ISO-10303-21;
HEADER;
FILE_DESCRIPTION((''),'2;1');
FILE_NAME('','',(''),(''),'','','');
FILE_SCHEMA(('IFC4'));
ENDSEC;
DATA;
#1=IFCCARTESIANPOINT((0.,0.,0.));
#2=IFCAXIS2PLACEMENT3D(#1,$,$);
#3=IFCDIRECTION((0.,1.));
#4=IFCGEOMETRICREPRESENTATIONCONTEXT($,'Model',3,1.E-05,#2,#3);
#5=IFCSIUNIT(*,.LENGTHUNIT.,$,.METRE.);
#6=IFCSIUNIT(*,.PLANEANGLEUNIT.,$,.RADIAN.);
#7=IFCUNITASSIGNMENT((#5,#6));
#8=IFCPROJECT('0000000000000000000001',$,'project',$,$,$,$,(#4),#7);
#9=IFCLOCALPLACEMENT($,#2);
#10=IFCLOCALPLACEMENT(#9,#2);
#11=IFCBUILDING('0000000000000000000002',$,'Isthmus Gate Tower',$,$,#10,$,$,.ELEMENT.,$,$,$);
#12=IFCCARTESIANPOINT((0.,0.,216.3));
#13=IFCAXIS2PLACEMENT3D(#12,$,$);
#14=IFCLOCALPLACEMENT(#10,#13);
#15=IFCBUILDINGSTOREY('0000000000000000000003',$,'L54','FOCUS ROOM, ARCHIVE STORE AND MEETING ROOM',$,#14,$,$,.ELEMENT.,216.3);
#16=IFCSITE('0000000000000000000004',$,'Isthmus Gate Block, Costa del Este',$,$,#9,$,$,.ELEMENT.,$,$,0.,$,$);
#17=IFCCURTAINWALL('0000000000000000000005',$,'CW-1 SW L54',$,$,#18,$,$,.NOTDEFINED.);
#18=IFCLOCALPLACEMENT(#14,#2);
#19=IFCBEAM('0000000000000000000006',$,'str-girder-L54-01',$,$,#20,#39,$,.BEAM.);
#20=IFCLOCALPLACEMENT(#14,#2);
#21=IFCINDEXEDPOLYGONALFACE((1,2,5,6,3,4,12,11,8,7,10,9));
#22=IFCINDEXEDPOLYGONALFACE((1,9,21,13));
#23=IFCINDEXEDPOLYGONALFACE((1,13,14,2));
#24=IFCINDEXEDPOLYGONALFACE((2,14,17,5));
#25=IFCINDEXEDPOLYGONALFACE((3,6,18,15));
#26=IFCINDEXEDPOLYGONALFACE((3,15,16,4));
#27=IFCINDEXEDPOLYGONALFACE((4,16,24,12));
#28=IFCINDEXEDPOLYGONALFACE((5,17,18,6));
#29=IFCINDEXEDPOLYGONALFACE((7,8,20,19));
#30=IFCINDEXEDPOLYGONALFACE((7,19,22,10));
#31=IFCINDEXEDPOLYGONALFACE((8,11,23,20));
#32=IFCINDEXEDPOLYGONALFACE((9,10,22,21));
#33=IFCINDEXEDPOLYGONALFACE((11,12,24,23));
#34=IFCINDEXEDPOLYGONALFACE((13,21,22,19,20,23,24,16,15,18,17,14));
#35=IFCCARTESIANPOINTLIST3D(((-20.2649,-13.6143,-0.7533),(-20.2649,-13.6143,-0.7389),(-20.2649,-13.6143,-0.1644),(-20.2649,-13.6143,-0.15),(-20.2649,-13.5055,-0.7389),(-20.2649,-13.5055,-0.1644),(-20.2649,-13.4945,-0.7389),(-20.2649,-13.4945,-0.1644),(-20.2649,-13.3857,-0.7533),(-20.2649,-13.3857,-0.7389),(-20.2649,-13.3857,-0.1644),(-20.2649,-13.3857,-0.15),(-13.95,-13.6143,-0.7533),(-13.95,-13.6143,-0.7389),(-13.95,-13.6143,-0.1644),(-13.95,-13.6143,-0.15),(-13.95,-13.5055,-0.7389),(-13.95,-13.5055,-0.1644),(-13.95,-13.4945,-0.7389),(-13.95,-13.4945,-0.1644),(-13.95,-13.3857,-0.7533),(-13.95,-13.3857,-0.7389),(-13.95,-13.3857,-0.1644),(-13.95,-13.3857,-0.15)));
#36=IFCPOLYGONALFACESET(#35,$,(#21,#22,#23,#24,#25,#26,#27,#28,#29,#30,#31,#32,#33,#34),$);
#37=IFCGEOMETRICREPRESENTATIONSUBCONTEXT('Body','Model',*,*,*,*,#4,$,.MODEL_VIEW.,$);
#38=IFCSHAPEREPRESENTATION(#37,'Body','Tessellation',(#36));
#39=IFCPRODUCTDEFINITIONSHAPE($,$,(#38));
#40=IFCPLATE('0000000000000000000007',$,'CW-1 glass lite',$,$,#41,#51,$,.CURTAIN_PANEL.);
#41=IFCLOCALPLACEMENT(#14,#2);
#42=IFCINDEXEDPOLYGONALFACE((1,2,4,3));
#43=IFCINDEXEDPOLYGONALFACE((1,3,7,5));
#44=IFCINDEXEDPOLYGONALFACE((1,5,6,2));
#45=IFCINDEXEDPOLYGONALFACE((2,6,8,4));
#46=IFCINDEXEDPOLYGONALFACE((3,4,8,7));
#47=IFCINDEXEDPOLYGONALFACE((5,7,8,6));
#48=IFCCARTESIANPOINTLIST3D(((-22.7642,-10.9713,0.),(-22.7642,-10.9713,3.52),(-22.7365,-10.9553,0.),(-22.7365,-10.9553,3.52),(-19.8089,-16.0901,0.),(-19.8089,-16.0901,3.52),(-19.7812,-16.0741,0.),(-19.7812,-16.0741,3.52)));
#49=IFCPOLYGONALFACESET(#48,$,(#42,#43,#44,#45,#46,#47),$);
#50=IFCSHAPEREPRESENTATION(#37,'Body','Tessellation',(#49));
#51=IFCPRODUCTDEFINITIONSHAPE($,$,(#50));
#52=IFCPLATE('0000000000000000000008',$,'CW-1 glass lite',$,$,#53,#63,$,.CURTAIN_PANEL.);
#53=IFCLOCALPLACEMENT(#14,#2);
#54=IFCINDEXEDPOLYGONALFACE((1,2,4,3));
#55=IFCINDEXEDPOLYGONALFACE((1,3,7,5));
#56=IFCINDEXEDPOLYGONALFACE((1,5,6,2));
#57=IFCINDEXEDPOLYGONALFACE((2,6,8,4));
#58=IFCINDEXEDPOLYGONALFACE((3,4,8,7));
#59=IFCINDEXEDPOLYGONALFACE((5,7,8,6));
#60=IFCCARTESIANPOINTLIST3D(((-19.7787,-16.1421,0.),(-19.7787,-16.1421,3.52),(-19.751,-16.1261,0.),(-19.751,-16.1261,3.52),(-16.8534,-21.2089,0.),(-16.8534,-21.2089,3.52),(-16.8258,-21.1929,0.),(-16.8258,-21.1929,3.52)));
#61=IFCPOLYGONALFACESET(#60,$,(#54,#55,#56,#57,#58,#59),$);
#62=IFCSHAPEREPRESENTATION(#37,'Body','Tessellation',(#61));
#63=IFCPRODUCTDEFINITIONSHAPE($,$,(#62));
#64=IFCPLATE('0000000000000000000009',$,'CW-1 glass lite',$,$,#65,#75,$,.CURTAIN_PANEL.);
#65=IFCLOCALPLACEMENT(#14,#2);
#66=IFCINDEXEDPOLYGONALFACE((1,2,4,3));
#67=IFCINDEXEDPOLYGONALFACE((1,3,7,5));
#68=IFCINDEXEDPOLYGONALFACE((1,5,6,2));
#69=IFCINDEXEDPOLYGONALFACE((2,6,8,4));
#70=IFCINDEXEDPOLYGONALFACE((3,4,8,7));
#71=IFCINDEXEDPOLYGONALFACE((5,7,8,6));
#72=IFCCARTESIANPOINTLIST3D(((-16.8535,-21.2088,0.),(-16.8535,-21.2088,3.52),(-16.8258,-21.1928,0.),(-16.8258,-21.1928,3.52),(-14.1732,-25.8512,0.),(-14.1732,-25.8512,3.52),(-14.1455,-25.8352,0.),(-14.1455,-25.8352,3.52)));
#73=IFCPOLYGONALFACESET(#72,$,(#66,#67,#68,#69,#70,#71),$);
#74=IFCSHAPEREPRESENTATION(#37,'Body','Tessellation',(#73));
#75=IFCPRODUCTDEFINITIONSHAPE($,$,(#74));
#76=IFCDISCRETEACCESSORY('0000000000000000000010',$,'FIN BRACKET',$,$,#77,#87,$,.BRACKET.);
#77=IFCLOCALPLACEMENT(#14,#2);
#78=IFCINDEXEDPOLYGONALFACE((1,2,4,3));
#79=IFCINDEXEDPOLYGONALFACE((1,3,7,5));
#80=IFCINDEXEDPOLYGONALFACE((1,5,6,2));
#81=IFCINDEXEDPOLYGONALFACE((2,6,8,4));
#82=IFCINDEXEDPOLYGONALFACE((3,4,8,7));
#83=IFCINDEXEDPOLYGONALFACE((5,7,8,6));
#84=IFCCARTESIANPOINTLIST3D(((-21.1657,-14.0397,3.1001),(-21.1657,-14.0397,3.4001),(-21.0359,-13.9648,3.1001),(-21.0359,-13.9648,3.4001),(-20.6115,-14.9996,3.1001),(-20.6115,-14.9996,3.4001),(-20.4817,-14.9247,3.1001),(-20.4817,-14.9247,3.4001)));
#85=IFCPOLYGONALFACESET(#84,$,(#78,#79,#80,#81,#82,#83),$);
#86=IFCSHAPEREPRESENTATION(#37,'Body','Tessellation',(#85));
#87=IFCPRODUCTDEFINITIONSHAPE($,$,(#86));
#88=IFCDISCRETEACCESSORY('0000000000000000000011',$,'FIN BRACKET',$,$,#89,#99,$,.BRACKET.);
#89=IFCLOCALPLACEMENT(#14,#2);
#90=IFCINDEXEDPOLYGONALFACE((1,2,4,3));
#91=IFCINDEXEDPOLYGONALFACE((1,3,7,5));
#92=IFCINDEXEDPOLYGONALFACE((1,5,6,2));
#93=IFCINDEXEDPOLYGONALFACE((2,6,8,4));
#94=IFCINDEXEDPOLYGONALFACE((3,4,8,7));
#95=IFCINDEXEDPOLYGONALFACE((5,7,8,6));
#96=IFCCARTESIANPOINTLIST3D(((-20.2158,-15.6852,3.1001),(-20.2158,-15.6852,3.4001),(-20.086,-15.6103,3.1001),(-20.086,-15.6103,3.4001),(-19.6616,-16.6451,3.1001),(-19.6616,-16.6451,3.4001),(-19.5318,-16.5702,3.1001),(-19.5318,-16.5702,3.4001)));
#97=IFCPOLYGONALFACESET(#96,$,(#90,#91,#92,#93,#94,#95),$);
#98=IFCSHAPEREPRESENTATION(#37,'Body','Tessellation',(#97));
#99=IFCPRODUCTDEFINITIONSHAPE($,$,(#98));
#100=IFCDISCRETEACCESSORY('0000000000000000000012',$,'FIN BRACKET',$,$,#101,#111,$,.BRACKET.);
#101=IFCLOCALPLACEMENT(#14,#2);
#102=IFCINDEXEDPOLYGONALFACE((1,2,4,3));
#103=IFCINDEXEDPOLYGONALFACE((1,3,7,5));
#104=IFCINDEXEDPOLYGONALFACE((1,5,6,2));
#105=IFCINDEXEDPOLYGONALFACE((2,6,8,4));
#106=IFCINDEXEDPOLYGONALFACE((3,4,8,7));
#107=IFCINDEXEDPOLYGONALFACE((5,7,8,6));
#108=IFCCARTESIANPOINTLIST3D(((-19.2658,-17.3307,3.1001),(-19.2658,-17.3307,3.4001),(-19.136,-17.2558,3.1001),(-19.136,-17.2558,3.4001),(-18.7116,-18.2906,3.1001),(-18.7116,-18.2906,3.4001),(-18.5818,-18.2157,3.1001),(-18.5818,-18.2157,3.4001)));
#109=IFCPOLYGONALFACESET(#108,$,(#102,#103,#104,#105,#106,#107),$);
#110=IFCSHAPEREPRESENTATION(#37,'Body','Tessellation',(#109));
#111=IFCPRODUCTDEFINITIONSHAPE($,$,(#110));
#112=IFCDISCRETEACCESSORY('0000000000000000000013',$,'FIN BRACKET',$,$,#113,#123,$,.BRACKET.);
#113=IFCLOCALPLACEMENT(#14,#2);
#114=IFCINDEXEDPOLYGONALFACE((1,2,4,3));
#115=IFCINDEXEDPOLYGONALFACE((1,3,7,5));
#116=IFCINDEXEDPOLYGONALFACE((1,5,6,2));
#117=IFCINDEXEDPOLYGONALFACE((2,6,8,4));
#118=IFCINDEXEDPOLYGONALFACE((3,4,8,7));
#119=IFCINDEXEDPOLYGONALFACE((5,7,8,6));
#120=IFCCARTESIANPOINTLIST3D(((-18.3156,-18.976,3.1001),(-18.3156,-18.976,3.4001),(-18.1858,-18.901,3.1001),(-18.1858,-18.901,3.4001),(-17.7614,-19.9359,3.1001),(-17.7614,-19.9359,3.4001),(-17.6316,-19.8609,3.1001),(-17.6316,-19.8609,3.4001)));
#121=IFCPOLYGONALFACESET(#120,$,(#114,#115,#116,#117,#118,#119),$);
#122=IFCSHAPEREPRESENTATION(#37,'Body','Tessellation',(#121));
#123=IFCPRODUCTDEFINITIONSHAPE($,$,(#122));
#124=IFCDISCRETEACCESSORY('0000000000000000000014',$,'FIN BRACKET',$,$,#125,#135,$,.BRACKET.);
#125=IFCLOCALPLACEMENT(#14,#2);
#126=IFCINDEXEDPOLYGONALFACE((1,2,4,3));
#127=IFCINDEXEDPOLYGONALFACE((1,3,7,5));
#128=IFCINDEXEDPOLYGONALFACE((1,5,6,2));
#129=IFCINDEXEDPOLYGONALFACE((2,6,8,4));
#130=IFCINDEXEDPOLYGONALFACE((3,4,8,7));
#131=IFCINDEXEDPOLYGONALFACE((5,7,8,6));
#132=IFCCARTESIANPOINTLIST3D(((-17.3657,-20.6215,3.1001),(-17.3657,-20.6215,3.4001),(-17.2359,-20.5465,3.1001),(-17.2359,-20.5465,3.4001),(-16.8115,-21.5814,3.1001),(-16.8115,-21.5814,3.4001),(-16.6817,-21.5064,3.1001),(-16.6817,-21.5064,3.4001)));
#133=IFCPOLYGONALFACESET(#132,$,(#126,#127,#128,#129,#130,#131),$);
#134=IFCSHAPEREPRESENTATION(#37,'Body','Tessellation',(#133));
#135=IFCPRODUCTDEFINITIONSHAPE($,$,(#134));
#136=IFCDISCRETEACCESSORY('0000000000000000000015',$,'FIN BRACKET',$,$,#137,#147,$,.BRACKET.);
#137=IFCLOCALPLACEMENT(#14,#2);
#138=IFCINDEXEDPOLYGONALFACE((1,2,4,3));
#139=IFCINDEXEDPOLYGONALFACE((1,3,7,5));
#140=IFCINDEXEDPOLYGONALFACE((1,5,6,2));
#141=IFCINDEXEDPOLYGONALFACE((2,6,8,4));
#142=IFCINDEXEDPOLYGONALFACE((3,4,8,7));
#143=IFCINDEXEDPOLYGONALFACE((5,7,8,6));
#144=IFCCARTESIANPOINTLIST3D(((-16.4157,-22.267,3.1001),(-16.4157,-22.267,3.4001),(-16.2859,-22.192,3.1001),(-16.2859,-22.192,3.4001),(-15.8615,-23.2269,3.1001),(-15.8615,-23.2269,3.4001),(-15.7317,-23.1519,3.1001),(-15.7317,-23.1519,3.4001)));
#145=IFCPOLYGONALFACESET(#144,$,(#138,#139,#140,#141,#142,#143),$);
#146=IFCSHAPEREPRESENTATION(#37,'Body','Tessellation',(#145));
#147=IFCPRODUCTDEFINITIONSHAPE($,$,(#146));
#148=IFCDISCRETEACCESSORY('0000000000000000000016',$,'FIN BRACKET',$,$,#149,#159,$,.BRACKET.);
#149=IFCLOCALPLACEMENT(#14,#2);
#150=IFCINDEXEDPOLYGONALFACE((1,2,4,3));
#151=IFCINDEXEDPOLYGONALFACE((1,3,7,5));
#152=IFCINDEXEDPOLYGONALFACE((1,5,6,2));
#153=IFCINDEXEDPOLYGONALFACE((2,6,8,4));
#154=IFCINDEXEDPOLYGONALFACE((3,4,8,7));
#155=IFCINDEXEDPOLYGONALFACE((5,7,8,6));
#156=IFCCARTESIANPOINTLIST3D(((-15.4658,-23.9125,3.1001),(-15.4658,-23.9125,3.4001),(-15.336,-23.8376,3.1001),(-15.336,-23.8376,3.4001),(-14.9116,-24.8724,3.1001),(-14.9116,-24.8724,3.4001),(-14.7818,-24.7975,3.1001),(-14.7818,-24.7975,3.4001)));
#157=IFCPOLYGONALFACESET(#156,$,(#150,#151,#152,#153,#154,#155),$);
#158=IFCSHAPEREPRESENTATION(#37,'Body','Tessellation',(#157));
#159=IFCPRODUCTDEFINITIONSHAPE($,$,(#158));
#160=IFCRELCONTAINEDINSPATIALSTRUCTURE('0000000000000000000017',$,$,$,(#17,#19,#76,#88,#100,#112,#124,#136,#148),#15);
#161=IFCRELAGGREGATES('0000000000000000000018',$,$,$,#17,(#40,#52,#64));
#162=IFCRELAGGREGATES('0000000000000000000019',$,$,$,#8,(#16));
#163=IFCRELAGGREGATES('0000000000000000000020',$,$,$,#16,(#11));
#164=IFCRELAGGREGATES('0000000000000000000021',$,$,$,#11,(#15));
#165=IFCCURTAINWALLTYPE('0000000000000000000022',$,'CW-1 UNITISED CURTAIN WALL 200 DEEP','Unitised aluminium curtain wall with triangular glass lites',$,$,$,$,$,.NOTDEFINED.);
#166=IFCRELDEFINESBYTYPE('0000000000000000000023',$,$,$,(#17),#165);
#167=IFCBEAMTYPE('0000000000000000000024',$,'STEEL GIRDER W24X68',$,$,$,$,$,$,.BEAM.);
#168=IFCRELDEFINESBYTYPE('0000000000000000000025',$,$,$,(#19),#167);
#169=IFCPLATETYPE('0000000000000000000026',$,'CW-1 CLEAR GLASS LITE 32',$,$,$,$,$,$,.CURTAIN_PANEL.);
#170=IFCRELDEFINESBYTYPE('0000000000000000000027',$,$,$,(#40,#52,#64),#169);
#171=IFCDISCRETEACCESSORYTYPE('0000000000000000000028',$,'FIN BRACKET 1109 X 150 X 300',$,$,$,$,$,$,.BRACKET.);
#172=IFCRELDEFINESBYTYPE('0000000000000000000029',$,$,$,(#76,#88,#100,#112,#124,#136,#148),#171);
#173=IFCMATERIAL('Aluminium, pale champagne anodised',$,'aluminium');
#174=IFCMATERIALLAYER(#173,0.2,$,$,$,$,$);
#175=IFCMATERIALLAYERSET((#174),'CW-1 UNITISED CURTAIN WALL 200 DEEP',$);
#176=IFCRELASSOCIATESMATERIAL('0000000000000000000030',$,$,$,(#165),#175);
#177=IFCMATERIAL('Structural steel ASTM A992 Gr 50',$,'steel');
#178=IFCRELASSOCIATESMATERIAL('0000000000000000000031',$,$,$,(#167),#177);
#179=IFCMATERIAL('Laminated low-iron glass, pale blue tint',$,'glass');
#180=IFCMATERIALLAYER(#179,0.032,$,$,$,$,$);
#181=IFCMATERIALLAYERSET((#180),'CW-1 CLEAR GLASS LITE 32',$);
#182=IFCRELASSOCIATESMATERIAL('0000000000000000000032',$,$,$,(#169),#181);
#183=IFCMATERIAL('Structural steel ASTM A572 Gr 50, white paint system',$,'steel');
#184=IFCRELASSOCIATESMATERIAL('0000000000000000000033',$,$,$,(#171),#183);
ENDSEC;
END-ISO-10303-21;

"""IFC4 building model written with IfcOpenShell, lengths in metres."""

from ifc_helpers import new_model, si_unit, direction, frame, origin, origin_2d, place, context, subcontext, project, spatial, rectangle, i_section, extrude, material, layer, layer_set, material_profile, profile_set, type_object, element, aggregate, save


model = new_model("IFC4")

# Units and contexts
model_context = context("Model", 3, precision=1e-05, world=origin(), true_north=direction((0.0, 1.0)))
body_context = subcontext(model_context, "Body", "Model", "MODEL_VIEW")
ifc_project = project(units=[si_unit("LENGTHUNIT", "METRE"), si_unit("PLANEANGLEUNIT", "RADIAN")], contexts=[model_context])

# Site, building, storey
site_placement = place(None, origin())
site = spatial("IfcSite", under=ifc_project, at=site_placement, Name="Isthmus Gate Block, Costa del Este", CompositionType="ELEMENT", RefElevation=0.0)
building_placement = place(site_placement, origin())
building = spatial("IfcBuilding", under=site, at=building_placement, Name="Isthmus Gate Tower", CompositionType="ELEMENT")
storey_placement = place(building_placement, frame((0.0, 0.0, 216.3)))
storey = spatial("IfcBuildingStorey", under=building, at=storey_placement, Name="L54", Description="FOCUS ROOM, ARCHIVE STORE AND MEETING ROOM", CompositionType="ELEMENT", Elevation=216.3)

# Curtain wall
ifc_material_1 = material(Name="Aluminium, pale champagne anodised", Category="aluminium")
ifc_layer_1 = layer(ifc_material_1, 0.2)
ifc_layer_set_1 = layer_set([ifc_layer_1], Name="CW-1 UNITISED CURTAIN WALL 200 DEEP")
curtain_wall_type = type_object("IfcCurtainWallType", Name="CW-1 UNITISED CURTAIN WALL 200 DEEP", Description="Unitised aluminium curtain wall with triangular glass lites", PredefinedType="NOTDEFINED", material=ifc_layer_set_1)
curtain_wall_1_placement = place(storey_placement, origin())
curtain_wall_1 = element("IfcCurtainWall", 1, at=curtain_wall_1_placement, inside=storey, type_object=curtain_wall_type, Name="CW-1 SW L54", PredefinedType="NOTDEFINED")

# Beam
ifc_material_2 = material(Name="Structural steel ASTM A992 Gr 50", Category="steel")
ifc_material_profile_1 = material_profile(ifc_material_2, i_section(OverallWidth=0.2285, OverallDepth=0.6033, WebThickness=0.011, FlangeThickness=0.0144, at=origin_2d()), Name="W24X68")
ifc_profile_set_1 = profile_set([ifc_material_profile_1], Name="Structural steel ASTM A992 Gr 50")
beam_type_1 = type_object("IfcBeamType", Name="STEEL GIRDER W24X68", PredefinedType="BEAM", material=ifc_profile_set_1)
beam_1_placement = place(storey_placement, frame((-20.2649, -13.5, -0.4517), z_axis=(1.0, 0.0, 0.0), x_axis=(0.0, 1.0, 0.0)))
element("IfcBeam", 2, at=beam_1_placement, inside=storey, type_object=beam_type_1, Name="str-girder-L54-01", PredefinedType="BEAM", context=body_context, shape_type="SweptSolid", body=[
    extrude(i_section(OverallWidth=0.2285, OverallDepth=0.6033, WebThickness=0.011, FlangeThickness=0.0144, at=origin_2d()), origin(), (0.0, 0.0, 1.0), 6.3149),
])

# Plates
ifc_material_3 = material(Name="Laminated low-iron glass, pale blue tint", Category="glass")
ifc_layer_2 = layer(ifc_material_3, 0.032)
ifc_layer_set_2 = layer_set([ifc_layer_2], Name="CW-1 CLEAR GLASS LITE 32")
plate_type = type_object("IfcPlateType", Name="CW-1 CLEAR GLASS LITE 32", PredefinedType="CURTAIN_PANEL", material=ifc_layer_set_2)
plate_1_placement = place(storey_placement, frame((-21.2727, -13.5227, 0.0), z_axis=(0.0, 0.0, 1.0), x_axis=(0.5, -0.866025, 0.0)))
plate_1 = element("IfcPlate", 3, at=plate_1_placement, type_object=plate_type, Name="CW-1 glass lite", PredefinedType="CURTAIN_PANEL", context=body_context, shape_type="SweptSolid", body=[
    extrude(rectangle(XDim=5.9106, YDim=0.032, at=origin_2d()), origin(), (0.0, 0.0, 1.0), 3.52),
])
plate_2_placement = place(storey_placement, frame((-18.3022, -18.6675, 0.0), z_axis=(0.0, 0.0, 1.0), x_axis=(0.5, -0.866025, 0.0)))
plate_2 = element("IfcPlate", 4, at=plate_2_placement, type_object=plate_type, Name="CW-1 glass lite", PredefinedType="CURTAIN_PANEL", context=body_context, shape_type="SweptSolid", body=[
    extrude(rectangle(XDim=5.8506, YDim=0.032, at=origin_2d()), origin(), (0.0, 0.0, 1.0), 3.52),
])
plate_3_placement = place(storey_placement, frame((-15.4995, -23.522, 0.0), z_axis=(0.0, 0.0, 1.0), x_axis=(0.5, -0.866025, 0.0)))
plate_3 = element("IfcPlate", 5, at=plate_3_placement, type_object=plate_type, Name="CW-1 glass lite", PredefinedType="CURTAIN_PANEL", context=body_context, shape_type="SweptSolid", body=[
    extrude(rectangle(XDim=5.3606, YDim=0.032, at=origin_2d()), origin(), (0.0, 0.0, 1.0), 3.52),
])
aggregate(curtain_wall_1, [plate_1, plate_2, plate_3])

# Discrete accessories
ifc_material_4 = material(Name="Structural steel ASTM A572 Gr 50, white paint system", Category="steel")
discrete_accessory_type = type_object("IfcDiscreteAccessoryType", Name="FIN BRACKET 1109 X 150 X 300", PredefinedType="BRACKET", material=ifc_material_4)
for number, where, z_axis, x_axis, name in (
    (6, (-20.8237, -14.4822, 3.1001), (0.0, 0.0, 1.0), (-0.866025, -0.5, 0.0), "FIN BRACKET"),
    (7, (-19.8738, -16.1277, 3.1001), (0.0, 0.0, 1.0), (-0.866025, -0.5, 0.0), "FIN BRACKET"),
    (8, (-18.9238, -17.7732, 3.1001), (0.0, 0.0, 1.0), (-0.866025, -0.5, 0.0), "FIN BRACKET"),
    (9, (-17.9736, -19.4185, 3.1001), (0.0, 0.0, 1.0), (-0.866025, -0.5, 0.0), "FIN BRACKET"),
    (10, (-17.0237, -21.064, 3.1001), (0.0, 0.0, 1.0), (-0.866025, -0.5, 0.0), "FIN BRACKET"),
    (11, (-16.0737, -22.7095, 3.1001), (0.0, 0.0, 1.0), (-0.866025, -0.5, 0.0), "FIN BRACKET"),
    (12, (-15.1238, -24.355, 3.1001), (0.0, 0.0, 1.0), (-0.866025, -0.5, 0.0), "FIN BRACKET"),
):
    element("IfcDiscreteAccessory", number, at=place(storey_placement, frame(where, z_axis=z_axis, x_axis=x_axis)), inside=storey, type_object=discrete_accessory_type, Name=name, PredefinedType="BRACKET", context=body_context, shape_type="SweptSolid", body=[
        extrude(rectangle(XDim=0.1499, YDim=1.1084, at=origin_2d()), origin(), (0.0, 0.0, 1.0), 0.3),
    ])

save(model, "model.ifc")
